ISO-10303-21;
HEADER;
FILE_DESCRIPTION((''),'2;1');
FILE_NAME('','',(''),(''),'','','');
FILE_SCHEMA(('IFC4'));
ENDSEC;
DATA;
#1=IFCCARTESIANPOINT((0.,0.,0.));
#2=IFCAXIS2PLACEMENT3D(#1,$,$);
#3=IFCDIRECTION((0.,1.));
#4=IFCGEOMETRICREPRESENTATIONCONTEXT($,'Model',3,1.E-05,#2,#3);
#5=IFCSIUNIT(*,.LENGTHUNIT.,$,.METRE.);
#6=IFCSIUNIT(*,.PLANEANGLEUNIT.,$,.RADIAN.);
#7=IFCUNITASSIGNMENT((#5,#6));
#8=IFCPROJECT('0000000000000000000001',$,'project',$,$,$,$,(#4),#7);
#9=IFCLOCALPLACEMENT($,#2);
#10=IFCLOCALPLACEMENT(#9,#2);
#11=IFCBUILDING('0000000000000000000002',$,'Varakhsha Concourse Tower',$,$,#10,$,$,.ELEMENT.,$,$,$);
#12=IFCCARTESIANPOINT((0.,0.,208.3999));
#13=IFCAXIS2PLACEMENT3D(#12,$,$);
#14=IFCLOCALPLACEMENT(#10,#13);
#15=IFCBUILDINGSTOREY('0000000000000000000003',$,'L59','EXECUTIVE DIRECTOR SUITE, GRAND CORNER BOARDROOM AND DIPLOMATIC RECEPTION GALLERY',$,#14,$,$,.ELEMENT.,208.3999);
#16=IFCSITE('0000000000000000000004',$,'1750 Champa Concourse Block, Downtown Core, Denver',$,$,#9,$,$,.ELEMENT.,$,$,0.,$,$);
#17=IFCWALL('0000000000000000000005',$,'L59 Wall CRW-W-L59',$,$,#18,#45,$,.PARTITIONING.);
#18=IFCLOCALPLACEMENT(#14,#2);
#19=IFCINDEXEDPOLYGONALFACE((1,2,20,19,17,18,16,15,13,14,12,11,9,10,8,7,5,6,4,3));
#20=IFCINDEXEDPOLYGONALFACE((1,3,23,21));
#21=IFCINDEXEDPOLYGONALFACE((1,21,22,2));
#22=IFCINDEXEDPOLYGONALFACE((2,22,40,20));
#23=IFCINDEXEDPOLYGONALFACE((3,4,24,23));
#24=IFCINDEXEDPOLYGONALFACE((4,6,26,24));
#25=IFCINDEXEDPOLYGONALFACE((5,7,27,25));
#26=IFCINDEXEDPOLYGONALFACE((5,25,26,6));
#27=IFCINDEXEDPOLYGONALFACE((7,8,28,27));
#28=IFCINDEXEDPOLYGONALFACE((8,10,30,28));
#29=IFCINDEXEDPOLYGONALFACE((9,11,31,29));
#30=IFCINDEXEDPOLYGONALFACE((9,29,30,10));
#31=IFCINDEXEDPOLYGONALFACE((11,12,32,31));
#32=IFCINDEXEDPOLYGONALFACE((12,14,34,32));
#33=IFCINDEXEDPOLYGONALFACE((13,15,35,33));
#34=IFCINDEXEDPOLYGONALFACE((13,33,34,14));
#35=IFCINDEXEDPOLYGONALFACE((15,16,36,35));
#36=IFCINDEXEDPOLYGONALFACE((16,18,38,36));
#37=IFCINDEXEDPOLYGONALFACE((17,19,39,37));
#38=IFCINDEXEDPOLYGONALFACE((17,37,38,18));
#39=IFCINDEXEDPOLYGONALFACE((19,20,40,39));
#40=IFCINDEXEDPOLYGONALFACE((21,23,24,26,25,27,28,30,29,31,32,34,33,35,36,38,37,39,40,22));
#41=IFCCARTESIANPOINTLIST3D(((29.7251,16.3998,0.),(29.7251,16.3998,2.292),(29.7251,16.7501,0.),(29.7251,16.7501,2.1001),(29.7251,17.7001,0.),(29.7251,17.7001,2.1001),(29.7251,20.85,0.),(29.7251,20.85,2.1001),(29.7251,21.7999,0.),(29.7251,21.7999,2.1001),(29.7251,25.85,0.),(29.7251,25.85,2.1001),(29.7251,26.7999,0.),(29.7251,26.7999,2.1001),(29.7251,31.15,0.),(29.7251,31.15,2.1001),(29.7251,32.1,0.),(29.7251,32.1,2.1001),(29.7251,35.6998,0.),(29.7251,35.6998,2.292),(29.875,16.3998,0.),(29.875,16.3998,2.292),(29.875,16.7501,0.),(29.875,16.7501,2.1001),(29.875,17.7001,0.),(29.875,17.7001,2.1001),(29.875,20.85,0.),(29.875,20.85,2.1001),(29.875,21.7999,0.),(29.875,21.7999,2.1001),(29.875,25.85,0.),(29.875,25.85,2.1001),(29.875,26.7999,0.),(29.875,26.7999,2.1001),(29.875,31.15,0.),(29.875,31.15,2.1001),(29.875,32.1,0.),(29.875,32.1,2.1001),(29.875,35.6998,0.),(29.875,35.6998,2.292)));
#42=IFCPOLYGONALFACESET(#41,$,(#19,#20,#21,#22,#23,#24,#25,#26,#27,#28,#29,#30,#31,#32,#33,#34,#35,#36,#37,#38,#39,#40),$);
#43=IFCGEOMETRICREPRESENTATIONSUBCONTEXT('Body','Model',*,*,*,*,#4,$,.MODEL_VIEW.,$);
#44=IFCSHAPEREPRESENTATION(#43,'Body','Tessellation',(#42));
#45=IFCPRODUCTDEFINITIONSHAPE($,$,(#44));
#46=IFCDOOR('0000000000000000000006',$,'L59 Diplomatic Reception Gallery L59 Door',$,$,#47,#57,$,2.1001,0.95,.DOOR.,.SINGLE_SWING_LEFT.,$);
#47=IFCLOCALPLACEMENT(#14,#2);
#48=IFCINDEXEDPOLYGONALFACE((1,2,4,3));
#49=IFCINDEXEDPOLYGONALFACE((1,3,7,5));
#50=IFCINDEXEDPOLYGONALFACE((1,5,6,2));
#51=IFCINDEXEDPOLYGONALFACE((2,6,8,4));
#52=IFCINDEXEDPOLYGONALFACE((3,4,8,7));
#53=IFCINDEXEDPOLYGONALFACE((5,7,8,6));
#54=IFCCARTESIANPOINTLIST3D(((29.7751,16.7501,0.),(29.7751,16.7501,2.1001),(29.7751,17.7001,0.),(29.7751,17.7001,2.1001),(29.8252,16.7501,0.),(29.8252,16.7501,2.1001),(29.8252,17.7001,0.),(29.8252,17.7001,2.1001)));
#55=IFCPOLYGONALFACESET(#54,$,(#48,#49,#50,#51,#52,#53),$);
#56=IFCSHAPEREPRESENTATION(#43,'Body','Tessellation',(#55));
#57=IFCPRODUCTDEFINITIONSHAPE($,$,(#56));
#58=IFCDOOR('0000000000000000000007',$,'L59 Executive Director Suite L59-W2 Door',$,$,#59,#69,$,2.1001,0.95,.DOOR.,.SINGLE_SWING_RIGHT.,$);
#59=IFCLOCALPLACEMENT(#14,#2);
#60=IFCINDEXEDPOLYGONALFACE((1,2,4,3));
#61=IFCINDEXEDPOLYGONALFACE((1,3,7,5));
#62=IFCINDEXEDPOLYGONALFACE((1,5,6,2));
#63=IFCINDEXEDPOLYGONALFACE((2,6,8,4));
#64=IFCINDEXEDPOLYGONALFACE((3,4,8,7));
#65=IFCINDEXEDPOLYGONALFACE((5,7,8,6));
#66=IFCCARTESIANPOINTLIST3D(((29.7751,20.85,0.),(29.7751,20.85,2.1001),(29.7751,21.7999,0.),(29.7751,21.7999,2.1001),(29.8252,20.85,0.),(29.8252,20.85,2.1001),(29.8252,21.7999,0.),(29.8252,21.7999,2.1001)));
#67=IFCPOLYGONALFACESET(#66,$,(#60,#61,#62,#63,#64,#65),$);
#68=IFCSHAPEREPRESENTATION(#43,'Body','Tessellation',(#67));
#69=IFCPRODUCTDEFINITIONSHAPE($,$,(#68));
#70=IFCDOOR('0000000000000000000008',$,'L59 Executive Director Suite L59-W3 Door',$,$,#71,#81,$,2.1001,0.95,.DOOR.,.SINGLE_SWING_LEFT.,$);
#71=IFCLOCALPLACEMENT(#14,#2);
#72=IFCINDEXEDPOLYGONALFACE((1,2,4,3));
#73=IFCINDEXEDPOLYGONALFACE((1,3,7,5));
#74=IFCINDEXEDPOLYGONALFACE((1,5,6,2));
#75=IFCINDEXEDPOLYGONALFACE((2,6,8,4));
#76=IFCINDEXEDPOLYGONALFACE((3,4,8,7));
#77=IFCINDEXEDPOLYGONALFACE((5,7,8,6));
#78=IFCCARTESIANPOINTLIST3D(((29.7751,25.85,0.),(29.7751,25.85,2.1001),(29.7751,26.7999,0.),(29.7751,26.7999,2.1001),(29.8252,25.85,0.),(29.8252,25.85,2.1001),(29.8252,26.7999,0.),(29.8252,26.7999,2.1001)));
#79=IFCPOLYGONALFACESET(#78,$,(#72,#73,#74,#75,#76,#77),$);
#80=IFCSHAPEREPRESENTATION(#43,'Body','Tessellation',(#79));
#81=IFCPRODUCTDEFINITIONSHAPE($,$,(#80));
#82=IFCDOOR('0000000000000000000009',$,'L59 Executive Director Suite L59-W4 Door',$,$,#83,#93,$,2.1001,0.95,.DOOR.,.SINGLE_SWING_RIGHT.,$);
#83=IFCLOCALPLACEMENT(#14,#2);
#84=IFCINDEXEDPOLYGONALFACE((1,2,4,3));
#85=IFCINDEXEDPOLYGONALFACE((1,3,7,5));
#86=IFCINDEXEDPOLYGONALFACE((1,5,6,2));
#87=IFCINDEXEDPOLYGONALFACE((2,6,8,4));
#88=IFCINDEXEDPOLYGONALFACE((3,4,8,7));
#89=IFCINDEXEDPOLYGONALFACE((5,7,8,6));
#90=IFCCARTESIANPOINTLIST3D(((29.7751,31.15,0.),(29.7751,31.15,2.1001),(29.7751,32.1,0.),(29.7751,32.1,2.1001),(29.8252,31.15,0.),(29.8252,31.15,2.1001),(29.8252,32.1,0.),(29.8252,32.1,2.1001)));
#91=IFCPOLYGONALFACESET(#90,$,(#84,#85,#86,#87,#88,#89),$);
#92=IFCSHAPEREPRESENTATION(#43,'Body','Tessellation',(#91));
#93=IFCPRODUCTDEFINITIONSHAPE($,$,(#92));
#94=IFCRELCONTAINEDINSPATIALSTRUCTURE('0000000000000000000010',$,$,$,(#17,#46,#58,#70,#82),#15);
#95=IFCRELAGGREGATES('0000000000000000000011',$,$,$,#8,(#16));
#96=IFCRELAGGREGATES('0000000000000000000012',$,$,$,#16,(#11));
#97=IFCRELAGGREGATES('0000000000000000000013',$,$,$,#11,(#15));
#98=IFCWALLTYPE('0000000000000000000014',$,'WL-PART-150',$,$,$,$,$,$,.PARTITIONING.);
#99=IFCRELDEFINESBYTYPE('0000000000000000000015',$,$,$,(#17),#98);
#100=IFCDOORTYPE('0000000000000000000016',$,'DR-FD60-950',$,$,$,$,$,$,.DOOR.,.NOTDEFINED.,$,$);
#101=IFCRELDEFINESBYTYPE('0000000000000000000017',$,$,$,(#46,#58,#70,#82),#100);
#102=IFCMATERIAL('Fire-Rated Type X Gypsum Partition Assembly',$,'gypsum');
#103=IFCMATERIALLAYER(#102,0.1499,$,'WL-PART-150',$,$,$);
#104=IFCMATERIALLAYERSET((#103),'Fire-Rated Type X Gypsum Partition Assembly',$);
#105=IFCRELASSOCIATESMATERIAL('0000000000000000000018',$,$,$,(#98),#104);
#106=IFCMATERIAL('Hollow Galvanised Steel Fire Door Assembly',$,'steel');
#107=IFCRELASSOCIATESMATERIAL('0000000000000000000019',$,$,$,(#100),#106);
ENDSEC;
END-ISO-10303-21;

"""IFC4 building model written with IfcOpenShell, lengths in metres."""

from ifc_helpers import new_model, si_unit, direction, frame, frame_2d, origin, place, context, subcontext, project, spatial, rectangle, extrude, material, layer, layer_set, type_object, element, fill, save


model = new_model("IFC4")

# Units and contexts
model_context = context("Model", 3, precision=1e-05, world=origin(), true_north=direction((0.0, 1.0)))
body_context = subcontext(model_context, "Body", "Model", "MODEL_VIEW")
ifc_project = project(units=[si_unit("LENGTHUNIT", "METRE"), si_unit("PLANEANGLEUNIT", "RADIAN")], contexts=[model_context])

# Site, building, storey
site_placement = place(None, origin())
site = spatial("IfcSite", under=ifc_project, at=site_placement, Name="1750 Champa Concourse Block, Downtown Core, Denver", CompositionType="ELEMENT", RefElevation=0.0)
building_placement = place(site_placement, origin())
building = spatial("IfcBuilding", under=site, at=building_placement, Name="Varakhsha Concourse Tower", CompositionType="ELEMENT")
storey_placement = place(building_placement, frame((0.0, 0.0, 208.3999)))
storey = spatial("IfcBuildingStorey", under=building, at=storey_placement, Name="L59", Description="EXECUTIVE DIRECTOR SUITE, GRAND CORNER BOARDROOM AND DIPLOMATIC RECEPTION GALLERY", CompositionType="ELEMENT", Elevation=208.3999)

# Wall, openings, doors
ifc_material_1 = material(Name="Fire-Rated Type X Gypsum Partition Assembly", Category="gypsum")
ifc_layer_1 = layer(ifc_material_1, 0.1499, Name="WL-PART-150")
ifc_layer_set_1 = layer_set([ifc_layer_1], Name="Fire-Rated Type X Gypsum Partition Assembly")
wall_type = type_object("IfcWallType", Name="WL-PART-150", PredefinedType="PARTITIONING", material=ifc_layer_set_1)
wall_1_placement = place(storey_placement, frame((29.8, 16.3999, 0.0), z_axis=(0.0, 0.0, 1.0), x_axis=(0.0, 1.0, 0.0)))
wall_1 = element("IfcWall", 1, at=wall_1_placement, inside=storey, type_object=wall_type, Name="L59 Wall CRW-W-L59", PredefinedType="PARTITIONING", context=body_context, shape_type="SweptSolid", body=[
    extrude(rectangle(XDim=19.3, YDim=0.1499, at=frame_2d((9.6499, 0.0))), origin(), (0.0, 0.0, 1.0), 2.292),
])
opening_1_placement = place(wall_1_placement, frame((0.3501, 0.0, 0.0)))
opening_1 = element("IfcOpeningElement", 2, at=opening_1_placement, cuts=wall_1, PredefinedType="OPENING", context=body_context, shape_type="SweptSolid", body=[
    extrude(rectangle(XDim=0.95, YDim=2.1001, at=frame_2d((0.4751, 1.05))), frame((0.0, 0.085, 0.0), z_axis=(0.0, -1.0, 0.0), x_axis=(1.0, 0.0, 0.0)), (0.0, 0.0, 1.0), 0.1699),
])
opening_2_placement = place(wall_1_placement, frame((4.45, 0.0, 0.0)))
opening_2 = element("IfcOpeningElement", 3, at=opening_2_placement, cuts=wall_1, PredefinedType="OPENING", context=body_context, shape_type="SweptSolid", body=[
    extrude(rectangle(XDim=0.95, YDim=2.1001, at=frame_2d((0.4751, 1.05))), frame((0.0, 0.085, 0.0), z_axis=(0.0, -1.0, 0.0), x_axis=(1.0, 0.0, 0.0)), (0.0, 0.0, 1.0), 0.1699),
])
opening_3_placement = place(wall_1_placement, frame((9.45, 0.0, 0.0)))
opening_3 = element("IfcOpeningElement", 4, at=opening_3_placement, cuts=wall_1, PredefinedType="OPENING", context=body_context, shape_type="SweptSolid", body=[
    extrude(rectangle(XDim=0.95, YDim=2.1001, at=frame_2d((0.4751, 1.05))), frame((0.0, 0.085, 0.0), z_axis=(0.0, -1.0, 0.0), x_axis=(1.0, 0.0, 0.0)), (0.0, 0.0, 1.0), 0.1699),
])
opening_4_placement = place(wall_1_placement, frame((14.75, 0.0, 0.0)))
opening_4 = element("IfcOpeningElement", 5, at=opening_4_placement, cuts=wall_1, PredefinedType="OPENING", context=body_context, shape_type="SweptSolid", body=[
    extrude(rectangle(XDim=0.95, YDim=2.1001, at=frame_2d((0.4751, 1.05))), frame((0.0, 0.085, 0.0), z_axis=(0.0, -1.0, 0.0), x_axis=(1.0, 0.0, 0.0)), (0.0, 0.0, 1.0), 0.1699),
])
ifc_material_2 = material(Name="Hollow Galvanised Steel Fire Door Assembly", Category="steel")
door_type = type_object("IfcDoorType", Name="DR-FD60-950", OperationType="NOTDEFINED", PredefinedType="DOOR", material=ifc_material_2)
door_1_placement = place(opening_1_placement, origin())
door_1 = element("IfcDoor", 6, at=door_1_placement, inside=storey, type_object=door_type, Name="L59 Diplomatic Reception Gallery L59 Door", OperationType="SINGLE_SWING_LEFT", OverallHeight=2.1001, OverallWidth=0.95, PredefinedType="DOOR", context=body_context, shape_type="SweptSolid", body=[
    extrude(rectangle(XDim=0.95, YDim=2.1001, at=frame_2d((0.4751, 1.05))), frame((0.0, 0.0249, 0.0), z_axis=(0.0, -1.0, 0.0), x_axis=(1.0, 0.0, 0.0)), (0.0, 0.0, 1.0), 0.05),
])
fill(opening_1, door_1)
door_2_placement = place(opening_2_placement, origin())
door_2 = element("IfcDoor", 7, at=door_2_placement, inside=storey, type_object=door_type, Name="L59 Executive Director Suite L59-W2 Door", OperationType="SINGLE_SWING_RIGHT", OverallHeight=2.1001, OverallWidth=0.95, PredefinedType="DOOR", context=body_context, shape_type="SweptSolid", body=[
    extrude(rectangle(XDim=0.95, YDim=2.1001, at=frame_2d((0.4751, 1.05))), frame((0.0, 0.0249, 0.0), z_axis=(0.0, -1.0, 0.0), x_axis=(1.0, 0.0, 0.0)), (0.0, 0.0, 1.0), 0.05),
])
fill(opening_2, door_2)
door_3_placement = place(opening_3_placement, origin())
door_3 = element("IfcDoor", 8, at=door_3_placement, inside=storey, type_object=door_type, Name="L59 Executive Director Suite L59-W3 Door", OperationType="SINGLE_SWING_LEFT", OverallHeight=2.1001, OverallWidth=0.95, PredefinedType="DOOR", context=body_context, shape_type="SweptSolid", body=[
    extrude(rectangle(XDim=0.95, YDim=2.1001, at=frame_2d((0.4751, 1.05))), frame((0.0, 0.0249, 0.0), z_axis=(0.0, -1.0, 0.0), x_axis=(1.0, 0.0, 0.0)), (0.0, 0.0, 1.0), 0.05),
])
fill(opening_3, door_3)
door_4_placement = place(opening_4_placement, origin())
door_4 = element("IfcDoor", 9, at=door_4_placement, inside=storey, type_object=door_type, Name="L59 Executive Director Suite L59-W4 Door", OperationType="SINGLE_SWING_RIGHT", OverallHeight=2.1001, OverallWidth=0.95, PredefinedType="DOOR", context=body_context, shape_type="SweptSolid", body=[
    extrude(rectangle(XDim=0.95, YDim=2.1001, at=frame_2d((0.4751, 1.05))), frame((0.0, 0.0249, 0.0), z_axis=(0.0, -1.0, 0.0), x_axis=(1.0, 0.0, 0.0)), (0.0, 0.0, 1.0), 0.05),
])
fill(opening_4, door_4)

save(model, "model.ifc")
